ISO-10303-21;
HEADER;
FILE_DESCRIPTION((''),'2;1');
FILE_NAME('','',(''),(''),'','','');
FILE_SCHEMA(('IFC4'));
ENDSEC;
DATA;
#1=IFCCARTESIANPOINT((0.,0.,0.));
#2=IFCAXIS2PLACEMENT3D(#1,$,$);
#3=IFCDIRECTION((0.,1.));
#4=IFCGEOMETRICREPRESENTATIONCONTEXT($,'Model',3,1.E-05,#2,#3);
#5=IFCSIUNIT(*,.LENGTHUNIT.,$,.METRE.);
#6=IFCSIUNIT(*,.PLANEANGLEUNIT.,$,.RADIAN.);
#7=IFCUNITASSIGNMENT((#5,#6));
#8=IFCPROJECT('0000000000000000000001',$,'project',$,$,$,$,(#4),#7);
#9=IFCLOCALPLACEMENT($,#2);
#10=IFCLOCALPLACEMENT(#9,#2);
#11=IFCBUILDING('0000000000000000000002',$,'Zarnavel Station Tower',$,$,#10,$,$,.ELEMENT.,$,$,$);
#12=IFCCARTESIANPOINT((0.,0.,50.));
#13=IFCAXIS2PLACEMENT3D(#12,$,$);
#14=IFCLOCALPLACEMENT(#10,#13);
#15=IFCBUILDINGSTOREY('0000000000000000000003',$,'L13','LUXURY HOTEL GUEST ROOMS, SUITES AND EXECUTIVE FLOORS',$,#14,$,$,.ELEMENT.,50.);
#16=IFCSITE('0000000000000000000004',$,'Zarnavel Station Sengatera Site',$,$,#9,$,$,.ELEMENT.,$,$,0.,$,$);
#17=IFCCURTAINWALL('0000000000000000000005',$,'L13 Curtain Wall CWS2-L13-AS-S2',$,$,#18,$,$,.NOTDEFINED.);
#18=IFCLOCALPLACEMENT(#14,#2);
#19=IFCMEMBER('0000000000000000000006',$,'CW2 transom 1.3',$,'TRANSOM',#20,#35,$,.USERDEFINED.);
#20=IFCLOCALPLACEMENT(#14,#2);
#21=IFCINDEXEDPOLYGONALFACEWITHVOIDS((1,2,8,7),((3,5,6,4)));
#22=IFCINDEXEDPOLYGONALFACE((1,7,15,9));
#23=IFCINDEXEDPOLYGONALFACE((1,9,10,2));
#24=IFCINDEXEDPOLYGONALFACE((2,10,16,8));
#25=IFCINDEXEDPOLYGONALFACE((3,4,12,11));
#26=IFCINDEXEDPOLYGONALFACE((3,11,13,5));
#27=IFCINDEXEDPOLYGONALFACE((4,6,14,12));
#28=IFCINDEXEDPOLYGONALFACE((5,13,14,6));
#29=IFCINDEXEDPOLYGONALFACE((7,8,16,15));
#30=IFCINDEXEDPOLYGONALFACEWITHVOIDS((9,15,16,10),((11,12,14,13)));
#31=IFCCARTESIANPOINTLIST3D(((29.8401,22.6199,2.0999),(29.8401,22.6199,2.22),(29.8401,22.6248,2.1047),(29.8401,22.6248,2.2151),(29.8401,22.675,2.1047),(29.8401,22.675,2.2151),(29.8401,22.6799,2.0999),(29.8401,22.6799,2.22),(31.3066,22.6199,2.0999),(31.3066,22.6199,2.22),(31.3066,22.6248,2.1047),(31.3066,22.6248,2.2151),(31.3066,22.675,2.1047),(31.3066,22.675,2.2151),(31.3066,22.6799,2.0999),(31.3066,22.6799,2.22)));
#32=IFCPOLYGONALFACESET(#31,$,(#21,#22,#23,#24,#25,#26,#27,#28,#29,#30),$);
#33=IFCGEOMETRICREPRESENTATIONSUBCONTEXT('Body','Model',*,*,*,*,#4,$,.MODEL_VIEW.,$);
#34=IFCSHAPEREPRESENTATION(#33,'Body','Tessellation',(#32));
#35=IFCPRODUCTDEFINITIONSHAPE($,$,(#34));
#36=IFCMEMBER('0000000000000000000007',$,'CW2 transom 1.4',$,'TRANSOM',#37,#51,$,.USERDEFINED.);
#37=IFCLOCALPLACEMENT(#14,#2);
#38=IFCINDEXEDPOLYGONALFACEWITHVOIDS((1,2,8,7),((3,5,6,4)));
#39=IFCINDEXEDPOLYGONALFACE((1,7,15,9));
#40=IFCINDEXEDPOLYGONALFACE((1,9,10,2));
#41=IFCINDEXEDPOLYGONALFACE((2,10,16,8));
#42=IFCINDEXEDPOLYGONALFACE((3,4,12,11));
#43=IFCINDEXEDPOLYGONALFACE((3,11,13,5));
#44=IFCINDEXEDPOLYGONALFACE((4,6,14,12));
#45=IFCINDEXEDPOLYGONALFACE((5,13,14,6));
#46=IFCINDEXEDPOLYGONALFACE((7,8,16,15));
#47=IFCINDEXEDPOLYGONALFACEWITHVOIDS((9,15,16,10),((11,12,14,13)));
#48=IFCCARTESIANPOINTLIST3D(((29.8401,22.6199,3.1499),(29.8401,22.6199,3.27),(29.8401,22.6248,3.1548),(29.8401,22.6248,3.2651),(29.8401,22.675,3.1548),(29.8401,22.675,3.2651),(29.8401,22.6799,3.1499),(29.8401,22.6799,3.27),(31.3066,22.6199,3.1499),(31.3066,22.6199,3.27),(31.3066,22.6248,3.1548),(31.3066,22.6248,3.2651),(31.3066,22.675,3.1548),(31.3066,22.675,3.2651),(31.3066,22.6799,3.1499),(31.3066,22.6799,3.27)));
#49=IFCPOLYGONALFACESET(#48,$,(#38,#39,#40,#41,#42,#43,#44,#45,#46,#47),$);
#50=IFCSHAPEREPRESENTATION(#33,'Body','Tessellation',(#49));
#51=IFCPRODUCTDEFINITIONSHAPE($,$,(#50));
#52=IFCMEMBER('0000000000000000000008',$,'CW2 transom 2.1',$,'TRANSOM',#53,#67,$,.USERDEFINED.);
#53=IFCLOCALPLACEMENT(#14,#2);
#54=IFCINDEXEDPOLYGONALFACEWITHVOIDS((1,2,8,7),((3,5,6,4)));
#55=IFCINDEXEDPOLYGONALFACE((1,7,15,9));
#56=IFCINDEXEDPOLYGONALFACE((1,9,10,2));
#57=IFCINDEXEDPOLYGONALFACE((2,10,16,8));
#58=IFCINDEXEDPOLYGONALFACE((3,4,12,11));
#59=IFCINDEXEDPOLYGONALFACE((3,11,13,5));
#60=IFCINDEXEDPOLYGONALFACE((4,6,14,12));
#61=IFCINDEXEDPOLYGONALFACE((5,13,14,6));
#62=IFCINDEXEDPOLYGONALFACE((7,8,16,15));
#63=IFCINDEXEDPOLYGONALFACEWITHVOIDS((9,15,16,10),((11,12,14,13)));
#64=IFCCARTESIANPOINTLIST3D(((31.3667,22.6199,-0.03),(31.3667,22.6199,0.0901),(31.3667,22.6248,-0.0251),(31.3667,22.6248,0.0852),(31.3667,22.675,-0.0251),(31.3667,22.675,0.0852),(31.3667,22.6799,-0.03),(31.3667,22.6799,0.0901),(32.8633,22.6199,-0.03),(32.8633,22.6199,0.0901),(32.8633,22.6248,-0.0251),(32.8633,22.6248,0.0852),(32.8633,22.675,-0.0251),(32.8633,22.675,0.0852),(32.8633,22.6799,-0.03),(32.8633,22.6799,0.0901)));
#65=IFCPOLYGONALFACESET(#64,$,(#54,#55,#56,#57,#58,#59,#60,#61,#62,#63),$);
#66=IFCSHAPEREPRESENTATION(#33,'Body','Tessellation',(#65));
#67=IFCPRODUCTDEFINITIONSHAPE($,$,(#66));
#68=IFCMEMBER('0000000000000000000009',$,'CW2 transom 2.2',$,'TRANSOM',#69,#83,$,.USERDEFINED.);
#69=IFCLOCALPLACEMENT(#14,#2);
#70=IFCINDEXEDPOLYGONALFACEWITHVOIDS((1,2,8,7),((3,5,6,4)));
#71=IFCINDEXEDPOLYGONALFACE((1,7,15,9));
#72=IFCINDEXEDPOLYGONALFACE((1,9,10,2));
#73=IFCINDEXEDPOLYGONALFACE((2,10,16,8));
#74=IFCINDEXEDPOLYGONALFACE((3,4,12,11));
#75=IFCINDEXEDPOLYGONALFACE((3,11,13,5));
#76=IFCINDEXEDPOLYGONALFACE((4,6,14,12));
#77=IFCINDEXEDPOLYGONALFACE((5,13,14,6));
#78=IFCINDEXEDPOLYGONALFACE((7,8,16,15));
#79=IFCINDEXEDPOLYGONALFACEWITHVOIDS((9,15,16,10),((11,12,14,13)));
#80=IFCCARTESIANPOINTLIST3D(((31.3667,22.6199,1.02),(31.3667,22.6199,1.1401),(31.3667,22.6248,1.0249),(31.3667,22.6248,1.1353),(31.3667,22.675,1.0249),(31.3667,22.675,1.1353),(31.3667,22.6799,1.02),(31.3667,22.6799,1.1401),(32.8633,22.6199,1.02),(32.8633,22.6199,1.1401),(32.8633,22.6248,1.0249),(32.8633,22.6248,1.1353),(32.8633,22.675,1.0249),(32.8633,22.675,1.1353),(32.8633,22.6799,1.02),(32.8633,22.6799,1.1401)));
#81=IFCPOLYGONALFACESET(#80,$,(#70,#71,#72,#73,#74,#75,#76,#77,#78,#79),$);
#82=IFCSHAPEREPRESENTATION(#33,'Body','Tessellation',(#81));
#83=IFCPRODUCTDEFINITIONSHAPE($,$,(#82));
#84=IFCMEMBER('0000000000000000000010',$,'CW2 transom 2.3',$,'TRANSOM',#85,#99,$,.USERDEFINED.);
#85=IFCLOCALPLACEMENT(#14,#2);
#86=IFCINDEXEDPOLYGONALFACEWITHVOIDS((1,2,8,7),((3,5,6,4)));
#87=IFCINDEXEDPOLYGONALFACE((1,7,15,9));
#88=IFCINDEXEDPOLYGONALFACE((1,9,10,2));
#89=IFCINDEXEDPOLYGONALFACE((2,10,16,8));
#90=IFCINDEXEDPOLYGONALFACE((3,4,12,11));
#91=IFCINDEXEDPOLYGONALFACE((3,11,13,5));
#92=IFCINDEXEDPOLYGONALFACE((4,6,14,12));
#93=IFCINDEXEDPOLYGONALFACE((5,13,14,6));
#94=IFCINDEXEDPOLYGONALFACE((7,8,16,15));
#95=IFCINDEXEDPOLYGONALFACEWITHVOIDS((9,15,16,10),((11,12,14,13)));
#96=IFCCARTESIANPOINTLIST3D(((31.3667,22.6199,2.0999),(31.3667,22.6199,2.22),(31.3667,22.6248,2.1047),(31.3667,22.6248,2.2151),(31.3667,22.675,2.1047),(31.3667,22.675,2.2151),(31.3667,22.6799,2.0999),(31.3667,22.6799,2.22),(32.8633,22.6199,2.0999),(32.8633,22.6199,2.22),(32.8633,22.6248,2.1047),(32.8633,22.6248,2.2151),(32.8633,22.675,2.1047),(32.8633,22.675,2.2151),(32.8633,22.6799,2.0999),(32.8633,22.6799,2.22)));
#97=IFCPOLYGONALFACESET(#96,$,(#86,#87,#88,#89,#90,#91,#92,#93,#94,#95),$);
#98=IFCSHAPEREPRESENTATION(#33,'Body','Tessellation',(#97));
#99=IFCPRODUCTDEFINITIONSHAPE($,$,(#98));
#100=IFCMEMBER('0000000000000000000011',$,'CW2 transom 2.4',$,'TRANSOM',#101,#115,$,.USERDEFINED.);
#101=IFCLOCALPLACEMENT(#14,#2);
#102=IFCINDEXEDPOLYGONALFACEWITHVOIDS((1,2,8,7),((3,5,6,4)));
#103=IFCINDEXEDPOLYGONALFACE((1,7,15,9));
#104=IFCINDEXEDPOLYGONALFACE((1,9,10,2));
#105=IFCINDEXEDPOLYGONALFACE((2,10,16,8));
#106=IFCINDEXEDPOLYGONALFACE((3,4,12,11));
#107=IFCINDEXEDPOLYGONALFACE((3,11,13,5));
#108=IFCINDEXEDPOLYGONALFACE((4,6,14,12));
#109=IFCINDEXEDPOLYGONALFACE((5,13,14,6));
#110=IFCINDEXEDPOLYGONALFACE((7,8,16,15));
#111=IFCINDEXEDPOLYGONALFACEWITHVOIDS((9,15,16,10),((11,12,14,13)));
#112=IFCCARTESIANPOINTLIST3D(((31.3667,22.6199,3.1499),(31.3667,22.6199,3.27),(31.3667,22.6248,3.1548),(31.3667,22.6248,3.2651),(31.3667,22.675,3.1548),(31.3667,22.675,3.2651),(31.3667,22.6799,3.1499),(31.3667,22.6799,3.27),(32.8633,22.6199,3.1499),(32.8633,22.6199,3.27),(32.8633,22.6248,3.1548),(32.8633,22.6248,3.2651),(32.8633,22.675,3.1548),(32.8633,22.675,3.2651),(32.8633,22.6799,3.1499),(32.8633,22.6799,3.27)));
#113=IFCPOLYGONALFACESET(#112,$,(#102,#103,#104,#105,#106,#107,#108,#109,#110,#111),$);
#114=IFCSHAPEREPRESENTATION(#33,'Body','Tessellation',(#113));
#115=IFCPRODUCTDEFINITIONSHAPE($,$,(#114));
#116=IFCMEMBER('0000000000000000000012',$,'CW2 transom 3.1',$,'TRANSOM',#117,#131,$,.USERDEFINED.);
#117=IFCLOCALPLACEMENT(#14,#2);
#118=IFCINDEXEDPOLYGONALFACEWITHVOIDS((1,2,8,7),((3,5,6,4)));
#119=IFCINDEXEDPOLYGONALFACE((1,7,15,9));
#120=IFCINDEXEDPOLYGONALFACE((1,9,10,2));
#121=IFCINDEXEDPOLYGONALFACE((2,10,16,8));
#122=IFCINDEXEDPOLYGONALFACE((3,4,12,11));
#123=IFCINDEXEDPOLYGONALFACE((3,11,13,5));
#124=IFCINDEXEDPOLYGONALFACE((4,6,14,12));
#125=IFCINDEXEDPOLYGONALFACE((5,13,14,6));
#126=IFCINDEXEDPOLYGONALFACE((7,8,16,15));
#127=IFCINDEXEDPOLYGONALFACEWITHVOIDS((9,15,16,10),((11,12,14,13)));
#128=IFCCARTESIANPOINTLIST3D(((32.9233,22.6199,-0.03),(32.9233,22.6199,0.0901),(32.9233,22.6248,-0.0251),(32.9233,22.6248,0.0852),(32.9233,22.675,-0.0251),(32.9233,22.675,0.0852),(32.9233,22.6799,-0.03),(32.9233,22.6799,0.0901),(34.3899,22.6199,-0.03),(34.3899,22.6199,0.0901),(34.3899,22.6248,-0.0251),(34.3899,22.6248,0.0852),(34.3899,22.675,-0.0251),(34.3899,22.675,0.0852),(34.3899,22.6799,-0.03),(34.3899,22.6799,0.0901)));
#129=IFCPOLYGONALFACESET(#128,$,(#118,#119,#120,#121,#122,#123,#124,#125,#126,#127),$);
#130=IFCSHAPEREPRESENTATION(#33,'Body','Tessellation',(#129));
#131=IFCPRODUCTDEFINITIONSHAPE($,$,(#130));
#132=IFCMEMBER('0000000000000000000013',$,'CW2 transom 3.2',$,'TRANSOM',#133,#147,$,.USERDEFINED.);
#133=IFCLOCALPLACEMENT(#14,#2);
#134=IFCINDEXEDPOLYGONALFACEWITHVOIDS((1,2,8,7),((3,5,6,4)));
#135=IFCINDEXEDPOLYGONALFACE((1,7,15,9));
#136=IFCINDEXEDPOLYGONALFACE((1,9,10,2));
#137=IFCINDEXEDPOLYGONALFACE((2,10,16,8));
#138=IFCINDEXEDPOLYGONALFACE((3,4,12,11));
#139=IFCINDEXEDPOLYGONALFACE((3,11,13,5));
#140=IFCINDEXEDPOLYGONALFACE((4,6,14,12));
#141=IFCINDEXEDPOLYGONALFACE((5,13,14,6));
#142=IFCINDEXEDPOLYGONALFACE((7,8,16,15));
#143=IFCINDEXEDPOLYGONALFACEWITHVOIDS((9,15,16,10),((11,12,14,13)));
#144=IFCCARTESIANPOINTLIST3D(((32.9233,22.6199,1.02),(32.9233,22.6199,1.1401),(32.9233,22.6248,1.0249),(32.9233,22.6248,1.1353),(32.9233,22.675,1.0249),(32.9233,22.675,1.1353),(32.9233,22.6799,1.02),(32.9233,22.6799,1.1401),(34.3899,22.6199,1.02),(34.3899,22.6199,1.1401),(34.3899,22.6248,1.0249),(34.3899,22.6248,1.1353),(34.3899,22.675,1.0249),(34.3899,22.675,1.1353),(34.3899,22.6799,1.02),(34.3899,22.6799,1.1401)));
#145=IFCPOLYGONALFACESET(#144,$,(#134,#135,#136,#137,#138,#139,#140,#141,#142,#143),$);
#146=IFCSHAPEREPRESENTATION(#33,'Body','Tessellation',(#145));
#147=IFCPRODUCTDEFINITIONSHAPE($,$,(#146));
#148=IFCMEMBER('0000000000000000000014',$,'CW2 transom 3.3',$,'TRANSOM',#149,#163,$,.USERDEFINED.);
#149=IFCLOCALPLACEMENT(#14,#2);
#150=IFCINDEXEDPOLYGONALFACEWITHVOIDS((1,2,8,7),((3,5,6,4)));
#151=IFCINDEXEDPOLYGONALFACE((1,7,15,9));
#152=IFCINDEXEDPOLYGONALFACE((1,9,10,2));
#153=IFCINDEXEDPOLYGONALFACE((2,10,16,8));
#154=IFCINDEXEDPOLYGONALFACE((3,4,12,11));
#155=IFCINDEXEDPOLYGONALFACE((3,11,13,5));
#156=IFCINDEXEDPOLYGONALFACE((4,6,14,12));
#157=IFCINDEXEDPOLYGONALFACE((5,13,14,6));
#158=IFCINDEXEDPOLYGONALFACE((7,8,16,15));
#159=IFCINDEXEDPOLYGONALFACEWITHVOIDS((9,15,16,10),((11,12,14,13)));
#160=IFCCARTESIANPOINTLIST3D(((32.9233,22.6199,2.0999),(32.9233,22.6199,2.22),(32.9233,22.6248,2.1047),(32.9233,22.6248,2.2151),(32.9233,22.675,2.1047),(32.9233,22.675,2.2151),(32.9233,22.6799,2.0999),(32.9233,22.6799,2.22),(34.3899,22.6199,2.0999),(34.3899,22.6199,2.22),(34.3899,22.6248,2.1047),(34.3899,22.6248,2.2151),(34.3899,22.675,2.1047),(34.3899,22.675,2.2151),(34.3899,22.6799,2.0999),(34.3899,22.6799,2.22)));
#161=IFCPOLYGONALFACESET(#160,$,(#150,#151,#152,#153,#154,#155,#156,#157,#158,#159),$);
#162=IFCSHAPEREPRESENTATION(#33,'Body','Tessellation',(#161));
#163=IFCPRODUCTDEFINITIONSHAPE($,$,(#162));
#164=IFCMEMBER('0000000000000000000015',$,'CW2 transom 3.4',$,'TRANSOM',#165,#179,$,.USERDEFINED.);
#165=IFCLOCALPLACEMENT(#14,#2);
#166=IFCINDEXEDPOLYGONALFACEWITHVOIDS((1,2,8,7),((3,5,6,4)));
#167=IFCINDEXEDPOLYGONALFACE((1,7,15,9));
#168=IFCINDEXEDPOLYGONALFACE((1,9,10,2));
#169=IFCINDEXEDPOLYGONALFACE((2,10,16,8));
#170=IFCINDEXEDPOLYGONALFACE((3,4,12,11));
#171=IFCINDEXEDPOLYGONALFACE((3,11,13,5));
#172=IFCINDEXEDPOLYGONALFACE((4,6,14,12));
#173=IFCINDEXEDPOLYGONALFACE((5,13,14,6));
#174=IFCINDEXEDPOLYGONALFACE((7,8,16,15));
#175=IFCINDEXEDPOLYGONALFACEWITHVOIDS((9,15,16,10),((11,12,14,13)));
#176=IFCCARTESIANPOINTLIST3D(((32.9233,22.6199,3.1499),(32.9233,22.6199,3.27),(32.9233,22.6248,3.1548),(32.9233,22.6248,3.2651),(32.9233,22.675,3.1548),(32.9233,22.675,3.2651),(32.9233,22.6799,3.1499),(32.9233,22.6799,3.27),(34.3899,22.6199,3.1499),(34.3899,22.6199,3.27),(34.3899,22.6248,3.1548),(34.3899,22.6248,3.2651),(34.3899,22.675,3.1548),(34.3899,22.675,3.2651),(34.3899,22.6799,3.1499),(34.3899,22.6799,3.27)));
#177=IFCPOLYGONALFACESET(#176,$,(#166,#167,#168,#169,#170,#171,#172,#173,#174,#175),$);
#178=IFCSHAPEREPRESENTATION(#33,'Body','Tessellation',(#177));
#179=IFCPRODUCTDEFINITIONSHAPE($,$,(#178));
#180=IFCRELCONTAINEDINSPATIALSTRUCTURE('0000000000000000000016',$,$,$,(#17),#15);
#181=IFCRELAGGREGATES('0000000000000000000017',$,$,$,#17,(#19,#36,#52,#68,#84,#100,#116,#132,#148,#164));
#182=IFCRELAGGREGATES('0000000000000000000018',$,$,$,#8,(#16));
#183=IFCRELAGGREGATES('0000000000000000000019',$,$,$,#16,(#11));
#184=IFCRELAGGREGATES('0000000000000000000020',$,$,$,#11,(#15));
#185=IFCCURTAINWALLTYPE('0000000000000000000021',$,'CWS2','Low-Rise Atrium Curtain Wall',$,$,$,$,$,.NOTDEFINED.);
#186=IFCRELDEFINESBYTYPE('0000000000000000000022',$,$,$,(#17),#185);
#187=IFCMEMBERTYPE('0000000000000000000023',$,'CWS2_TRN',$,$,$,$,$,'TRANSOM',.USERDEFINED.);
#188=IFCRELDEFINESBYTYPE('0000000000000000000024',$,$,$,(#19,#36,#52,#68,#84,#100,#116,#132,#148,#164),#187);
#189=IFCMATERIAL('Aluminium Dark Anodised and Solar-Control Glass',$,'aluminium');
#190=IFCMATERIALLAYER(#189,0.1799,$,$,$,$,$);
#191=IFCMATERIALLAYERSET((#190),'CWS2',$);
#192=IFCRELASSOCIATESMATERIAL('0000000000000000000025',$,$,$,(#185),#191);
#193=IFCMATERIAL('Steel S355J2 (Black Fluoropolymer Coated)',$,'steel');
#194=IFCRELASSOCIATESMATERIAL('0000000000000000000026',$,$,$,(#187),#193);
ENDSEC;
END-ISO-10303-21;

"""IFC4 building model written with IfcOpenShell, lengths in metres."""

from ifc_helpers import new_model, si_unit, direction, frame, origin, origin_2d, place, context, subcontext, project, spatial, hollow_rectangle, extrude, material, layer, layer_set, material_profile, profile_set, type_object, element, aggregate, save


model = new_model("IFC4")

# Units and contexts
model_context = context("Model", 3, precision=1e-05, world=origin(), true_north=direction((0.0, 1.0)))
body_context = subcontext(model_context, "Body", "Model", "MODEL_VIEW")
ifc_project = project(units=[si_unit("LENGTHUNIT", "METRE"), si_unit("PLANEANGLEUNIT", "RADIAN")], contexts=[model_context])

# Site, building, storey
site_placement = place(None, origin())
site = spatial("IfcSite", under=ifc_project, at=site_placement, Name="Zarnavel Station Sengatera Site", CompositionType="ELEMENT", RefElevation=0.0)
building_placement = place(site_placement, origin())
building = spatial("IfcBuilding", under=site, at=building_placement, Name="Zarnavel Station Tower", CompositionType="ELEMENT")
storey_placement = place(building_placement, frame((0.0, 0.0, 50.0)))
storey = spatial("IfcBuildingStorey", under=building, at=storey_placement, Name="L13", Description="LUXURY HOTEL GUEST ROOMS, SUITES AND EXECUTIVE FLOORS", CompositionType="ELEMENT", Elevation=50.0)

# Curtain wall, members
ifc_material_1 = material(Name="Aluminium Dark Anodised and Solar-Control Glass", Category="aluminium")
ifc_layer_1 = layer(ifc_material_1, 0.1799)
ifc_layer_set_1 = layer_set([ifc_layer_1], Name="CWS2")
curtain_wall_type = type_object("IfcCurtainWallType", Name="CWS2", Description="Low-Rise Atrium Curtain Wall", PredefinedType="NOTDEFINED", material=ifc_layer_set_1)
curtain_wall_placement = place(storey_placement, origin())
curtain_wall = element("IfcCurtainWall", 1, at=curtain_wall_placement, inside=storey, type_object=curtain_wall_type, Name="L13 Curtain Wall CWS2-L13-AS-S2", PredefinedType="NOTDEFINED")
ifc_material_2 = material(Name="Steel S355J2 (Black Fluoropolymer Coated)", Category="steel")
ifc_material_profile_1 = material_profile(ifc_material_2, hollow_rectangle(XDim=0.0601, YDim=0.1201, WallThickness=0.0049, at=origin_2d()), Name="RHS120x60x5")
ifc_profile_set_1 = profile_set([ifc_material_profile_1], Name="Steel S355J2 (Black Fluoropolymer Coated)")
member_type_1 = type_object("IfcMemberType", Name="CWS2_TRN", ElementType="TRANSOM", PredefinedType="USERDEFINED", material=ifc_profile_set_1)
member_1_placement = place(storey_placement, frame((29.8401, 22.6499, 2.1599), z_axis=(1.0, 0.0, 0.0), x_axis=(0.0, 1.0, 0.0)))
member_1 = element("IfcMember", 2, at=member_1_placement, type_object=member_type_1, Name="CW2 transom 1.3", ObjectType="TRANSOM", PredefinedType="USERDEFINED", context=body_context, shape_type="SweptSolid", body=[
    extrude(hollow_rectangle(XDim=0.0601, YDim=0.1201, WallThickness=0.0049, at=origin_2d()), origin(), (0.0, 0.0, 1.0), 1.4666),
])
member_2_placement = place(storey_placement, frame((29.8401, 22.6499, 3.21), z_axis=(1.0, 0.0, 0.0), x_axis=(0.0, 1.0, 0.0)))
member_2 = element("IfcMember", 3, at=member_2_placement, type_object=member_type_1, Name="CW2 transom 1.4", ObjectType="TRANSOM", PredefinedType="USERDEFINED", context=body_context, shape_type="SweptSolid", body=[
    extrude(hollow_rectangle(XDim=0.0601, YDim=0.1201, WallThickness=0.0049, at=origin_2d()), origin(), (0.0, 0.0, 1.0), 1.4666),
])
member_3_placement = place(storey_placement, frame((31.3667, 22.6499, 0.03), z_axis=(1.0, 0.0, 0.0), x_axis=(0.0, 1.0, 0.0)))
member_3 = element("IfcMember", 4, at=member_3_placement, type_object=member_type_1, Name="CW2 transom 2.1", ObjectType="TRANSOM", PredefinedType="USERDEFINED", context=body_context, shape_type="SweptSolid", body=[
    extrude(hollow_rectangle(XDim=0.0601, YDim=0.1201, WallThickness=0.0049, at=origin_2d()), origin(), (0.0, 0.0, 1.0), 1.4966),
])
member_4_placement = place(storey_placement, frame((31.3667, 22.6499, 1.0801), z_axis=(1.0, 0.0, 0.0), x_axis=(0.0, 1.0, 0.0)))
member_4 = element("IfcMember", 5, at=member_4_placement, type_object=member_type_1, Name="CW2 transom 2.2", ObjectType="TRANSOM", PredefinedType="USERDEFINED", context=body_context, shape_type="SweptSolid", body=[
    extrude(hollow_rectangle(XDim=0.0601, YDim=0.1201, WallThickness=0.0049, at=origin_2d()), origin(), (0.0, 0.0, 1.0), 1.4966),
])
member_5_placement = place(storey_placement, frame((31.3667, 22.6499, 2.1599), z_axis=(1.0, 0.0, 0.0), x_axis=(0.0, 1.0, 0.0)))
member_5 = element("IfcMember", 6, at=member_5_placement, type_object=member_type_1, Name="CW2 transom 2.3", ObjectType="TRANSOM", PredefinedType="USERDEFINED", context=body_context, shape_type="SweptSolid", body=[
    extrude(hollow_rectangle(XDim=0.0601, YDim=0.1201, WallThickness=0.0049, at=origin_2d()), origin(), (0.0, 0.0, 1.0), 1.4966),
])
member_6_placement = place(storey_placement, frame((31.3667, 22.6499, 3.21), z_axis=(1.0, 0.0, 0.0), x_axis=(0.0, 1.0, 0.0)))
member_6 = element("IfcMember", 7, at=member_6_placement, type_object=member_type_1, Name="CW2 transom 2.4", ObjectType="TRANSOM", PredefinedType="USERDEFINED", context=body_context, shape_type="SweptSolid", body=[
    extrude(hollow_rectangle(XDim=0.0601, YDim=0.1201, WallThickness=0.0049, at=origin_2d()), origin(), (0.0, 0.0, 1.0), 1.4966),
])
member_7_placement = place(storey_placement, frame((32.9233, 22.6499, 0.03), z_axis=(1.0, 0.0, 0.0), x_axis=(0.0, 1.0, 0.0)))
member_7 = element("IfcMember", 8, at=member_7_placement, type_object=member_type_1, Name="CW2 transom 3.1", ObjectType="TRANSOM", PredefinedType="USERDEFINED", context=body_context, shape_type="SweptSolid", body=[
    extrude(hollow_rectangle(XDim=0.0601, YDim=0.1201, WallThickness=0.0049, at=origin_2d()), origin(), (0.0, 0.0, 1.0), 1.4666),
])
member_8_placement = place(storey_placement, frame((32.9233, 22.6499, 1.0801), z_axis=(1.0, 0.0, 0.0), x_axis=(0.0, 1.0, 0.0)))
member_8 = element("IfcMember", 9, at=member_8_placement, type_object=member_type_1, Name="CW2 transom 3.2", ObjectType="TRANSOM", PredefinedType="USERDEFINED", context=body_context, shape_type="SweptSolid", body=[
    extrude(hollow_rectangle(XDim=0.0601, YDim=0.1201, WallThickness=0.0049, at=origin_2d()), origin(), (0.0, 0.0, 1.0), 1.4666),
])
member_9_placement = place(storey_placement, frame((32.9233, 22.6499, 2.1599), z_axis=(1.0, 0.0, 0.0), x_axis=(0.0, 1.0, 0.0)))
member_9 = element("IfcMember", 10, at=member_9_placement, type_object=member_type_1, Name="CW2 transom 3.3", ObjectType="TRANSOM", PredefinedType="USERDEFINED", context=body_context, shape_type="SweptSolid", body=[
    extrude(hollow_rectangle(XDim=0.0601, YDim=0.1201, WallThickness=0.0049, at=origin_2d()), origin(), (0.0, 0.0, 1.0), 1.4666),
])
member_10_placement = place(storey_placement, frame((32.9233, 22.6499, 3.21), z_axis=(1.0, 0.0, 0.0), x_axis=(0.0, 1.0, 0.0)))
member_10 = element("IfcMember", 11, at=member_10_placement, type_object=member_type_1, Name="CW2 transom 3.4", ObjectType="TRANSOM", PredefinedType="USERDEFINED", context=body_context, shape_type="SweptSolid", body=[
    extrude(hollow_rectangle(XDim=0.0601, YDim=0.1201, WallThickness=0.0049, at=origin_2d()), origin(), (0.0, 0.0, 1.0), 1.4666),
])

aggregate(curtain_wall, [member_1, member_2, member_3, member_4, member_5, member_6, member_7, member_8, member_9, member_10])

save(model, "model.ifc")
